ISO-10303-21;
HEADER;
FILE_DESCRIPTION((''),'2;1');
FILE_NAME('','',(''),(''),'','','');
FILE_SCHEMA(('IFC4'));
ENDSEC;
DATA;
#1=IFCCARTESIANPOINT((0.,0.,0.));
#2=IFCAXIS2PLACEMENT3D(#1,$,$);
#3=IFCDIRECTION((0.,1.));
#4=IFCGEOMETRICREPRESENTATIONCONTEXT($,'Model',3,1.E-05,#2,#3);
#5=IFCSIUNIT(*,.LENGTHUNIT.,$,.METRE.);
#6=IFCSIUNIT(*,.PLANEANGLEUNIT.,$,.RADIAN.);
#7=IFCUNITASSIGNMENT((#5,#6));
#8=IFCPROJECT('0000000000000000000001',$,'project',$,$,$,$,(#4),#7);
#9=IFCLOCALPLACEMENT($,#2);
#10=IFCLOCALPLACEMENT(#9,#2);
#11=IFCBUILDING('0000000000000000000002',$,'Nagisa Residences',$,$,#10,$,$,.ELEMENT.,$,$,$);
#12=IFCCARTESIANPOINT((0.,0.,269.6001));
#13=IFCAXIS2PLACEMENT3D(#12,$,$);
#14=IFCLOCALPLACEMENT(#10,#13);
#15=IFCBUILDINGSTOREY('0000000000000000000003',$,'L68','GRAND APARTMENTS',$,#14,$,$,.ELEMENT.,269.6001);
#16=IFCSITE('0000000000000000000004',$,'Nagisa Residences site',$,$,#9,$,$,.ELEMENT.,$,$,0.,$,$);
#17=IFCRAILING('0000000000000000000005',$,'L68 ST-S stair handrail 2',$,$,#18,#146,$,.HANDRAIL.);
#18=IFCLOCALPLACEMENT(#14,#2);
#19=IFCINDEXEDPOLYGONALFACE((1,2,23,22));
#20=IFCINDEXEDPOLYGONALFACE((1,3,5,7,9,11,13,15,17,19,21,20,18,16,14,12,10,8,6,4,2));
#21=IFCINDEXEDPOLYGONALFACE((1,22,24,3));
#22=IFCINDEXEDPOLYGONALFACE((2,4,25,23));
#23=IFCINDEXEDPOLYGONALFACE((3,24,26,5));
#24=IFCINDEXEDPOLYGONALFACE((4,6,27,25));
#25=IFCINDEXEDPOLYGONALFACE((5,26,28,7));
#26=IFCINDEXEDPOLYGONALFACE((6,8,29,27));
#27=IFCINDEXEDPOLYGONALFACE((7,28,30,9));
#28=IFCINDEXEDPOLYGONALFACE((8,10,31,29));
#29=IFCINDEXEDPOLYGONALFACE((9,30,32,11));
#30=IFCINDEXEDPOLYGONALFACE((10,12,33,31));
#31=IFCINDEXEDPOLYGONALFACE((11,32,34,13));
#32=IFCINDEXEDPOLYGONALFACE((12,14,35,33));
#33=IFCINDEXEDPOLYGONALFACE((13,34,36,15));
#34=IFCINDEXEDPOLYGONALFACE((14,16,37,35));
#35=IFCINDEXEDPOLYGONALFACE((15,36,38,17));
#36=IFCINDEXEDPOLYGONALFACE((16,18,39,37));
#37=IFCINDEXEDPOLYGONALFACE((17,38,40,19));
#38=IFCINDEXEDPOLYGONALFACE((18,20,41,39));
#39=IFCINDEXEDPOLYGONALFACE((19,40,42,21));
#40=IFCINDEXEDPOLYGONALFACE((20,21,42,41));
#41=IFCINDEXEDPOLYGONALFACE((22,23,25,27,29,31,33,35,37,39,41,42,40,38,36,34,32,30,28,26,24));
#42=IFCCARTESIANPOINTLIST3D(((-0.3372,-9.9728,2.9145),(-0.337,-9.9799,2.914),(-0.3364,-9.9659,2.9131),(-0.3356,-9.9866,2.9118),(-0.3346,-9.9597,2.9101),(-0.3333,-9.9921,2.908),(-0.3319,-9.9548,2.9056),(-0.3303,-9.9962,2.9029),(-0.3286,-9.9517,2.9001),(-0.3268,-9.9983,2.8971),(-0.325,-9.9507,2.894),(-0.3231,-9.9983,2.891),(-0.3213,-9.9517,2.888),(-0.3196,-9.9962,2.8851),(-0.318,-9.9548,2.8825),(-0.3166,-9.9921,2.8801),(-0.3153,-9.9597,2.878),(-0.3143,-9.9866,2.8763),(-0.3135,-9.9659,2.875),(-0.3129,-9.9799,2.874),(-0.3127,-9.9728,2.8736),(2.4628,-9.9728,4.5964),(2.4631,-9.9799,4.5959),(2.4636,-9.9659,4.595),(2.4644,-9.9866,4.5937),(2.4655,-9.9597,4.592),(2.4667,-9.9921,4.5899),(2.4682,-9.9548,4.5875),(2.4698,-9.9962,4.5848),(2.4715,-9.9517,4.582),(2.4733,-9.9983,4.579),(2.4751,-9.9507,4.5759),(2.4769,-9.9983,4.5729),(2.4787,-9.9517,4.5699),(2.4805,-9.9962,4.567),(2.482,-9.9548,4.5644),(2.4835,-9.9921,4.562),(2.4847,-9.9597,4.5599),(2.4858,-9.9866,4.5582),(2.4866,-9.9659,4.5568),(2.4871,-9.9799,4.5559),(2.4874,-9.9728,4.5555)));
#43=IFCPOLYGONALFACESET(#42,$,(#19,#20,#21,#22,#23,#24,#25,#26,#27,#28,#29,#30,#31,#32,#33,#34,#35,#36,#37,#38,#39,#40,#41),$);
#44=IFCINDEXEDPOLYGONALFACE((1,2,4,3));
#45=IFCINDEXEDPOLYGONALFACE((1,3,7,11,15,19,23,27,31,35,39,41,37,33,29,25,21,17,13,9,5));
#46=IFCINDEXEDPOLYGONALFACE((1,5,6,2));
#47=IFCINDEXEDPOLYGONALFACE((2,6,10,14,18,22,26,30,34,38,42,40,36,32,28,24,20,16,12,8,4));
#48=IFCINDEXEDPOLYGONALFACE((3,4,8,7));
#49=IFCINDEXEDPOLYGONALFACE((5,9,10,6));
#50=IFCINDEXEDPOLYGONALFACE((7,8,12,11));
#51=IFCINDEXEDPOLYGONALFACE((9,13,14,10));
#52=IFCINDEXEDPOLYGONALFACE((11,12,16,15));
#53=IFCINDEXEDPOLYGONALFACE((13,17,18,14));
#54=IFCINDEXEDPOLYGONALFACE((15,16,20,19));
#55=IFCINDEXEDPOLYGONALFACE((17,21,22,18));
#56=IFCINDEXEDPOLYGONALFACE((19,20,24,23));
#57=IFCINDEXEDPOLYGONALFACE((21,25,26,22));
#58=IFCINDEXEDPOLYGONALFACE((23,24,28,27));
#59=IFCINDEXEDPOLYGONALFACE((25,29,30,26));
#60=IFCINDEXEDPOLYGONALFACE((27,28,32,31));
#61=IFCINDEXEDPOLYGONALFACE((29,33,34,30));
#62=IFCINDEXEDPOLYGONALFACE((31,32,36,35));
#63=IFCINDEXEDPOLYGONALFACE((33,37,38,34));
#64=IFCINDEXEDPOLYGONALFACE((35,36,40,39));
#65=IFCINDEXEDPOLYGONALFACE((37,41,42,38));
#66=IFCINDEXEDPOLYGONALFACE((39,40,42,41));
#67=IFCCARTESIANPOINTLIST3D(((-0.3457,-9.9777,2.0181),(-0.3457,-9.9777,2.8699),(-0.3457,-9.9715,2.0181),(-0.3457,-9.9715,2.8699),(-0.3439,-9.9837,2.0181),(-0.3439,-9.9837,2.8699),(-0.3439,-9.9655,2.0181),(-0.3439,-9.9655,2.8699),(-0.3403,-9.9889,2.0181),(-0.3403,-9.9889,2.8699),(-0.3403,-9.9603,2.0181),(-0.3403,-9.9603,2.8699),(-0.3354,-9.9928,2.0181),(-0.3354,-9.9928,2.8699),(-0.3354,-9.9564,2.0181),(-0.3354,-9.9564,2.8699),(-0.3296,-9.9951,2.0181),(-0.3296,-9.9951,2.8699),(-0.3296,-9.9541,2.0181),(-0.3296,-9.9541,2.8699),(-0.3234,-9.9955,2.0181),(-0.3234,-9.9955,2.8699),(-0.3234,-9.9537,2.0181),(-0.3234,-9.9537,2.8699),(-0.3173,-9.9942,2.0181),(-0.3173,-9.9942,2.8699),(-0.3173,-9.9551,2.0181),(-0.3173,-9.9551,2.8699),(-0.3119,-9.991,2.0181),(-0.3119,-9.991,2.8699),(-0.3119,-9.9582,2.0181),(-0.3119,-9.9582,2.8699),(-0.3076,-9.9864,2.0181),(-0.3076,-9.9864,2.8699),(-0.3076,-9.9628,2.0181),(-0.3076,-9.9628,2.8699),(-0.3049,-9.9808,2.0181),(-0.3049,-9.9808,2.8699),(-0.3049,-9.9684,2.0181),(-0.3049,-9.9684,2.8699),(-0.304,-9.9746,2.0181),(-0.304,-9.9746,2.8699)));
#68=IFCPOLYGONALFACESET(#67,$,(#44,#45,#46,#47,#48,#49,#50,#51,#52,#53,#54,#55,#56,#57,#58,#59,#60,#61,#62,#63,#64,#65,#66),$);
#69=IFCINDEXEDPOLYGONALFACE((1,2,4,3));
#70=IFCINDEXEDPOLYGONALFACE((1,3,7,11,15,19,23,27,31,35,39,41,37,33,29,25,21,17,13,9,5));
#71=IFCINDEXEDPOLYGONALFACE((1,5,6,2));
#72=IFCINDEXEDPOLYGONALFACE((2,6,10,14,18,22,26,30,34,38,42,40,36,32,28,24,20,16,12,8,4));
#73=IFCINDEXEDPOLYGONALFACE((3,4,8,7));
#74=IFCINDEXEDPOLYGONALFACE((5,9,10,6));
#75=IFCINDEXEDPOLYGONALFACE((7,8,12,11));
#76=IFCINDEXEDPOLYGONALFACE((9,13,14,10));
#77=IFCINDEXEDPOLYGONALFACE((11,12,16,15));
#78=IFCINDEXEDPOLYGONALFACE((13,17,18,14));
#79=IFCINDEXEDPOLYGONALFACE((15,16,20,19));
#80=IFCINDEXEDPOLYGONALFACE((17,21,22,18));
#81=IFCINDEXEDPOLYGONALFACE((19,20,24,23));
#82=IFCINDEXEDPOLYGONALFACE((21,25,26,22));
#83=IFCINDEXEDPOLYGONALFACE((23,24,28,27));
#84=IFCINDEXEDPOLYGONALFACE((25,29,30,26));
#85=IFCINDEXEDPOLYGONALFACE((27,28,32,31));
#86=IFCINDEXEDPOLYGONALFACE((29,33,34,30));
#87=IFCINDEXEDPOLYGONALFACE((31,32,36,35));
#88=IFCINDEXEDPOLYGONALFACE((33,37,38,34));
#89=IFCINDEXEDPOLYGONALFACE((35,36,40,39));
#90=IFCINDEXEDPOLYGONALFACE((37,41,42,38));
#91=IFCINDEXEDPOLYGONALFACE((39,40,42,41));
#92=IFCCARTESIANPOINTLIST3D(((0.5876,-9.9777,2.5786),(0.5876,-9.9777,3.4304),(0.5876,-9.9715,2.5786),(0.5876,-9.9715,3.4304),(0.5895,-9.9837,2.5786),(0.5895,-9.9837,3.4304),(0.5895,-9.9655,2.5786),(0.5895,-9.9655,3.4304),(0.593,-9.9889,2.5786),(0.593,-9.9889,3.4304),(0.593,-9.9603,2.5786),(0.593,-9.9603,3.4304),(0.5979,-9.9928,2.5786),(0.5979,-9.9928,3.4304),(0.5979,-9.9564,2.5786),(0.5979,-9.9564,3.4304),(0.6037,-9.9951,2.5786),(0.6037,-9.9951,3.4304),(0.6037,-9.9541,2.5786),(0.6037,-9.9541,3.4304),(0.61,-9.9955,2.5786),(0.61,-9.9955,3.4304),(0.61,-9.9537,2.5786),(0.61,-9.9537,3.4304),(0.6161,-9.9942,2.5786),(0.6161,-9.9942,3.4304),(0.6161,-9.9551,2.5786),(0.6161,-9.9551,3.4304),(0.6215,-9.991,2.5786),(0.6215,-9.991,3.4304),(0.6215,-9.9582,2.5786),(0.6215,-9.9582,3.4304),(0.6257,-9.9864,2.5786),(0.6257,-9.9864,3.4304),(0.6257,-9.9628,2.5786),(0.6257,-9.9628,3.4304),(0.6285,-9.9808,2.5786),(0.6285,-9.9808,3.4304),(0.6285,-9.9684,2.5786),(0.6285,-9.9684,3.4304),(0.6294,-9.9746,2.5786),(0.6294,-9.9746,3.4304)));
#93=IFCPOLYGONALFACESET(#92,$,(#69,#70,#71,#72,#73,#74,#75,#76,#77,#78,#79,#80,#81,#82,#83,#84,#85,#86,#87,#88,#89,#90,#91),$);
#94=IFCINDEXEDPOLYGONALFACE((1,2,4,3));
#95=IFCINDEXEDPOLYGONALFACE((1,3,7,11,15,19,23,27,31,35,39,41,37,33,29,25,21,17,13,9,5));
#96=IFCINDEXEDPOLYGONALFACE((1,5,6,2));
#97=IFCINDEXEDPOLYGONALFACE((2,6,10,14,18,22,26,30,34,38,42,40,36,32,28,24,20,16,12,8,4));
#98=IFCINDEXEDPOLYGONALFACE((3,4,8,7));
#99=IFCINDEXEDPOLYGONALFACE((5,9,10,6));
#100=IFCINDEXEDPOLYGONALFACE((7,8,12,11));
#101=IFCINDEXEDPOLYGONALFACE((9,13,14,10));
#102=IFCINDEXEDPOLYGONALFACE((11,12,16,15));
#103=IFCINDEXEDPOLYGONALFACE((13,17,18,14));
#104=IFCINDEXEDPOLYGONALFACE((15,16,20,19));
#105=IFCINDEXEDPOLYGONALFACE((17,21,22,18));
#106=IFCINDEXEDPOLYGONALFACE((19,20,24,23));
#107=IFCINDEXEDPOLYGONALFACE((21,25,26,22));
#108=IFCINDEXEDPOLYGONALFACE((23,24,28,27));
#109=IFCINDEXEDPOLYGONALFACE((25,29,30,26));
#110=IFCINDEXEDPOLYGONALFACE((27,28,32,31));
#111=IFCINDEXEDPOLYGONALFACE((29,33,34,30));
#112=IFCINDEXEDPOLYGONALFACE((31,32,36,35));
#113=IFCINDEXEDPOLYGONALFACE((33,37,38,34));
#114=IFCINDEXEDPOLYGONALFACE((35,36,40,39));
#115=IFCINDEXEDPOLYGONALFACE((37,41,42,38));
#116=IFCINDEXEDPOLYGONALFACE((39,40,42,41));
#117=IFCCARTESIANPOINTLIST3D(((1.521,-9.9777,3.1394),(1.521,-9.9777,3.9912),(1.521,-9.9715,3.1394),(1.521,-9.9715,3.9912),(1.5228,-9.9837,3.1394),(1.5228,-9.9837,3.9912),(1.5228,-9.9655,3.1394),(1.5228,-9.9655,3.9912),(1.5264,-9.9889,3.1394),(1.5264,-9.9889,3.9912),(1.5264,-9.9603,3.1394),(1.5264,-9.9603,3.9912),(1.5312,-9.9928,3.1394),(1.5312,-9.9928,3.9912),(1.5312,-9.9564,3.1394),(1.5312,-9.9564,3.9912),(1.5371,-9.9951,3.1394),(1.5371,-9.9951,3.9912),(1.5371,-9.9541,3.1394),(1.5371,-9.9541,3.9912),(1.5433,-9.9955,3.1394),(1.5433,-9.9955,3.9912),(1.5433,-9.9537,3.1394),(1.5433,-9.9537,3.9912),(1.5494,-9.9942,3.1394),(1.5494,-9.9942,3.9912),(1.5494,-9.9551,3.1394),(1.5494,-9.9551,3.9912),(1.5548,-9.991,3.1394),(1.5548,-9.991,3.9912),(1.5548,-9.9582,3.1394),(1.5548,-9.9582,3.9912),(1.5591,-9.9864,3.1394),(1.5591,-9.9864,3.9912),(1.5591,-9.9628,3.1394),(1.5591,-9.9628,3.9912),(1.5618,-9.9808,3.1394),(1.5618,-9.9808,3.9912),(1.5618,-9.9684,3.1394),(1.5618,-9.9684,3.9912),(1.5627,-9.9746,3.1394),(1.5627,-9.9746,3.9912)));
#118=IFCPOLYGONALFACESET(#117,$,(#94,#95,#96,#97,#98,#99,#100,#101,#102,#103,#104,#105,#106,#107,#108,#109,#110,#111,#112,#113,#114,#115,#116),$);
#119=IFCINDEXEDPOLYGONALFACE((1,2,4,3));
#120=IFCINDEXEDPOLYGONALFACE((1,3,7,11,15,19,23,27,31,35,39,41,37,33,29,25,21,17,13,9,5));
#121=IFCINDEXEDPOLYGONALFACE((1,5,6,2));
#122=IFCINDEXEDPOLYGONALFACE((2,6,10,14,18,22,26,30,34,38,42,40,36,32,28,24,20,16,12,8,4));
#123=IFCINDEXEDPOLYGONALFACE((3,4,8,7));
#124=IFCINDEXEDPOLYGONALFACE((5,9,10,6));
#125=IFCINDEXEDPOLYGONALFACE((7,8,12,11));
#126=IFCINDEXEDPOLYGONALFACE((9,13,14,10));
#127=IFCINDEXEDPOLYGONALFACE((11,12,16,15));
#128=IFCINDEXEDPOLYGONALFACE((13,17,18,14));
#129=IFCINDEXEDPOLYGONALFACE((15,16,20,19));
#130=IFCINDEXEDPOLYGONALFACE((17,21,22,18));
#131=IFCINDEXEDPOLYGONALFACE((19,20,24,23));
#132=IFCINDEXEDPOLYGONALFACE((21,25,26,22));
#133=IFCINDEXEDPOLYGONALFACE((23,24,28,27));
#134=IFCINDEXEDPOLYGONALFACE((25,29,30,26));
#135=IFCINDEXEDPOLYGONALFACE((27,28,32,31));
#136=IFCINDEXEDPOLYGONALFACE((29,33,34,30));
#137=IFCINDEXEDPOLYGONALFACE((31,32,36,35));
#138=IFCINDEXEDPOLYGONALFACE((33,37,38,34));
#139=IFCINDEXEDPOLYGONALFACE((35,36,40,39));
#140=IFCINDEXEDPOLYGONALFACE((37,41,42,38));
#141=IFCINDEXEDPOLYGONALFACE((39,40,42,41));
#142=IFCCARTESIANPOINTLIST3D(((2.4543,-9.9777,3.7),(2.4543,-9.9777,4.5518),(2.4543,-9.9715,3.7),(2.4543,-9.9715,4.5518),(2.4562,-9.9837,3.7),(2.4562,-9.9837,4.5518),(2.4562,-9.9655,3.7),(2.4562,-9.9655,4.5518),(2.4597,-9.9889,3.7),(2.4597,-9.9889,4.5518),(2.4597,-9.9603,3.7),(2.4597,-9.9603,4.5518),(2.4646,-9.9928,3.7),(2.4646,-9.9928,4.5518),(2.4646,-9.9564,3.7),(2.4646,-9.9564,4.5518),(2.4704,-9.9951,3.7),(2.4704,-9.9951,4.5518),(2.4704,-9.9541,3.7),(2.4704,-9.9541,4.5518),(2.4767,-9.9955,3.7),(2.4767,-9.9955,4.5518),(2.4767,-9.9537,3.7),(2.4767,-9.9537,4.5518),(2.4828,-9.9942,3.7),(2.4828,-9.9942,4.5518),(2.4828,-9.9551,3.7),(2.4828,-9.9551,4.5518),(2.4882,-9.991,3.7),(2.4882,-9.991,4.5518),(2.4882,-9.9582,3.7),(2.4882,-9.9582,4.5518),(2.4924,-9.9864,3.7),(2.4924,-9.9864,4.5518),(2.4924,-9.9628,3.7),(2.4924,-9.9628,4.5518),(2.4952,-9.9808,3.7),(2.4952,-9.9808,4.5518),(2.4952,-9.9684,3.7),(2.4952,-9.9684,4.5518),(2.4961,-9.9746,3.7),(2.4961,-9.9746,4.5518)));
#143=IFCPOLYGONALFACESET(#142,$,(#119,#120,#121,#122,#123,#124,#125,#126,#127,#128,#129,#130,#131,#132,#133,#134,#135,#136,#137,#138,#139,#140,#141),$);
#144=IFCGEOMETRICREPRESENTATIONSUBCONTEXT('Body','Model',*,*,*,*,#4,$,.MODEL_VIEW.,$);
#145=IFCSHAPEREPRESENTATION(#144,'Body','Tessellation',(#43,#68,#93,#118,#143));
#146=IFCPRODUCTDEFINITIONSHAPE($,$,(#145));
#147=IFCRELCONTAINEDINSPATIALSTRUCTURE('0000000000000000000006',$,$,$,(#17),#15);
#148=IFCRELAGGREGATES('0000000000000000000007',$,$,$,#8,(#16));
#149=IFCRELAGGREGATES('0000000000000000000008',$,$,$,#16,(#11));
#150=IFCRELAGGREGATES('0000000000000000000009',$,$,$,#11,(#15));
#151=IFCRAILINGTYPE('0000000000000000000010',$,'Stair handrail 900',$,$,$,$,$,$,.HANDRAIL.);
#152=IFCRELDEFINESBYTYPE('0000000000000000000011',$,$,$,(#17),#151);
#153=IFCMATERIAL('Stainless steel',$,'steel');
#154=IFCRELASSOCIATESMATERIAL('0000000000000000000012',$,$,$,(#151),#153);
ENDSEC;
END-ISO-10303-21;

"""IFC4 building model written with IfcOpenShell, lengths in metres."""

from ifc_helpers import new_model, si_unit, direction, frame, origin, origin_2d, place, context, subcontext, project, spatial, circle, extrude, material, type_object, element, save


model = new_model("IFC4")

# Units and contexts
model_context = context("Model", 3, precision=1e-05, world=origin(), true_north=direction((0.0, 1.0)))
body_context = subcontext(model_context, "Body", "Model", "MODEL_VIEW")
ifc_project = project(units=[si_unit("LENGTHUNIT", "METRE"), si_unit("PLANEANGLEUNIT", "RADIAN")], contexts=[model_context])

# Site, building, storey
site_placement = place(None, origin())
site = spatial("IfcSite", under=ifc_project, at=site_placement, Name="Nagisa Residences site", CompositionType="ELEMENT", RefElevation=0.0)
building_placement = place(site_placement, origin())
building = spatial("IfcBuilding", under=site, at=building_placement, Name="Nagisa Residences", CompositionType="ELEMENT")
storey_placement = place(building_placement, frame((0.0, 0.0, 269.6001)))
storey = spatial("IfcBuildingStorey", under=building, at=storey_placement, Name="L68", Description="GRAND APARTMENTS", CompositionType="ELEMENT", Elevation=269.6001)

# Railing
ifc_material_1 = material(Name="Stainless steel", Category="steel")
railing_type = type_object("IfcRailingType", Name="Stair handrail 900", PredefinedType="HANDRAIL", material=ifc_material_1)
railing_placement = place(storey_placement, frame((-0.325, -9.9746, 2.0181)))
element("IfcRailing", 1, at=railing_placement, inside=storey, type_object=railing_type, Name="L68 ST-S stair handrail 2", PredefinedType="HANDRAIL", context=body_context, shape_type="SweptSolid", body=[
    extrude(circle(Radius=0.0239, at=origin_2d()), frame((0.0, 0.0, 0.876), z_axis=(0.857242, 0.0, 0.514913), x_axis=(0.0, 1.0, 0.0)), (0.0, 0.0, 1.0), 3.2664),
    extrude(circle(Radius=0.021, at=origin_2d()), origin(), (0.0, 0.0, 1.0), 0.8518),
    extrude(circle(Radius=0.021, at=origin_2d()), frame((0.9333, 0.0, 0.5605)), (0.0, 0.0, 1.0), 0.8518),
    extrude(circle(Radius=0.021, at=origin_2d()), frame((1.8667, 0.0, 1.1213)), (0.0, 0.0, 1.0), 0.8518),
    extrude(circle(Radius=0.021, at=origin_2d()), frame((2.8, 0.0, 1.6819)), (0.0, 0.0, 1.0), 0.8518),
])

save(model, "model.ifc")
